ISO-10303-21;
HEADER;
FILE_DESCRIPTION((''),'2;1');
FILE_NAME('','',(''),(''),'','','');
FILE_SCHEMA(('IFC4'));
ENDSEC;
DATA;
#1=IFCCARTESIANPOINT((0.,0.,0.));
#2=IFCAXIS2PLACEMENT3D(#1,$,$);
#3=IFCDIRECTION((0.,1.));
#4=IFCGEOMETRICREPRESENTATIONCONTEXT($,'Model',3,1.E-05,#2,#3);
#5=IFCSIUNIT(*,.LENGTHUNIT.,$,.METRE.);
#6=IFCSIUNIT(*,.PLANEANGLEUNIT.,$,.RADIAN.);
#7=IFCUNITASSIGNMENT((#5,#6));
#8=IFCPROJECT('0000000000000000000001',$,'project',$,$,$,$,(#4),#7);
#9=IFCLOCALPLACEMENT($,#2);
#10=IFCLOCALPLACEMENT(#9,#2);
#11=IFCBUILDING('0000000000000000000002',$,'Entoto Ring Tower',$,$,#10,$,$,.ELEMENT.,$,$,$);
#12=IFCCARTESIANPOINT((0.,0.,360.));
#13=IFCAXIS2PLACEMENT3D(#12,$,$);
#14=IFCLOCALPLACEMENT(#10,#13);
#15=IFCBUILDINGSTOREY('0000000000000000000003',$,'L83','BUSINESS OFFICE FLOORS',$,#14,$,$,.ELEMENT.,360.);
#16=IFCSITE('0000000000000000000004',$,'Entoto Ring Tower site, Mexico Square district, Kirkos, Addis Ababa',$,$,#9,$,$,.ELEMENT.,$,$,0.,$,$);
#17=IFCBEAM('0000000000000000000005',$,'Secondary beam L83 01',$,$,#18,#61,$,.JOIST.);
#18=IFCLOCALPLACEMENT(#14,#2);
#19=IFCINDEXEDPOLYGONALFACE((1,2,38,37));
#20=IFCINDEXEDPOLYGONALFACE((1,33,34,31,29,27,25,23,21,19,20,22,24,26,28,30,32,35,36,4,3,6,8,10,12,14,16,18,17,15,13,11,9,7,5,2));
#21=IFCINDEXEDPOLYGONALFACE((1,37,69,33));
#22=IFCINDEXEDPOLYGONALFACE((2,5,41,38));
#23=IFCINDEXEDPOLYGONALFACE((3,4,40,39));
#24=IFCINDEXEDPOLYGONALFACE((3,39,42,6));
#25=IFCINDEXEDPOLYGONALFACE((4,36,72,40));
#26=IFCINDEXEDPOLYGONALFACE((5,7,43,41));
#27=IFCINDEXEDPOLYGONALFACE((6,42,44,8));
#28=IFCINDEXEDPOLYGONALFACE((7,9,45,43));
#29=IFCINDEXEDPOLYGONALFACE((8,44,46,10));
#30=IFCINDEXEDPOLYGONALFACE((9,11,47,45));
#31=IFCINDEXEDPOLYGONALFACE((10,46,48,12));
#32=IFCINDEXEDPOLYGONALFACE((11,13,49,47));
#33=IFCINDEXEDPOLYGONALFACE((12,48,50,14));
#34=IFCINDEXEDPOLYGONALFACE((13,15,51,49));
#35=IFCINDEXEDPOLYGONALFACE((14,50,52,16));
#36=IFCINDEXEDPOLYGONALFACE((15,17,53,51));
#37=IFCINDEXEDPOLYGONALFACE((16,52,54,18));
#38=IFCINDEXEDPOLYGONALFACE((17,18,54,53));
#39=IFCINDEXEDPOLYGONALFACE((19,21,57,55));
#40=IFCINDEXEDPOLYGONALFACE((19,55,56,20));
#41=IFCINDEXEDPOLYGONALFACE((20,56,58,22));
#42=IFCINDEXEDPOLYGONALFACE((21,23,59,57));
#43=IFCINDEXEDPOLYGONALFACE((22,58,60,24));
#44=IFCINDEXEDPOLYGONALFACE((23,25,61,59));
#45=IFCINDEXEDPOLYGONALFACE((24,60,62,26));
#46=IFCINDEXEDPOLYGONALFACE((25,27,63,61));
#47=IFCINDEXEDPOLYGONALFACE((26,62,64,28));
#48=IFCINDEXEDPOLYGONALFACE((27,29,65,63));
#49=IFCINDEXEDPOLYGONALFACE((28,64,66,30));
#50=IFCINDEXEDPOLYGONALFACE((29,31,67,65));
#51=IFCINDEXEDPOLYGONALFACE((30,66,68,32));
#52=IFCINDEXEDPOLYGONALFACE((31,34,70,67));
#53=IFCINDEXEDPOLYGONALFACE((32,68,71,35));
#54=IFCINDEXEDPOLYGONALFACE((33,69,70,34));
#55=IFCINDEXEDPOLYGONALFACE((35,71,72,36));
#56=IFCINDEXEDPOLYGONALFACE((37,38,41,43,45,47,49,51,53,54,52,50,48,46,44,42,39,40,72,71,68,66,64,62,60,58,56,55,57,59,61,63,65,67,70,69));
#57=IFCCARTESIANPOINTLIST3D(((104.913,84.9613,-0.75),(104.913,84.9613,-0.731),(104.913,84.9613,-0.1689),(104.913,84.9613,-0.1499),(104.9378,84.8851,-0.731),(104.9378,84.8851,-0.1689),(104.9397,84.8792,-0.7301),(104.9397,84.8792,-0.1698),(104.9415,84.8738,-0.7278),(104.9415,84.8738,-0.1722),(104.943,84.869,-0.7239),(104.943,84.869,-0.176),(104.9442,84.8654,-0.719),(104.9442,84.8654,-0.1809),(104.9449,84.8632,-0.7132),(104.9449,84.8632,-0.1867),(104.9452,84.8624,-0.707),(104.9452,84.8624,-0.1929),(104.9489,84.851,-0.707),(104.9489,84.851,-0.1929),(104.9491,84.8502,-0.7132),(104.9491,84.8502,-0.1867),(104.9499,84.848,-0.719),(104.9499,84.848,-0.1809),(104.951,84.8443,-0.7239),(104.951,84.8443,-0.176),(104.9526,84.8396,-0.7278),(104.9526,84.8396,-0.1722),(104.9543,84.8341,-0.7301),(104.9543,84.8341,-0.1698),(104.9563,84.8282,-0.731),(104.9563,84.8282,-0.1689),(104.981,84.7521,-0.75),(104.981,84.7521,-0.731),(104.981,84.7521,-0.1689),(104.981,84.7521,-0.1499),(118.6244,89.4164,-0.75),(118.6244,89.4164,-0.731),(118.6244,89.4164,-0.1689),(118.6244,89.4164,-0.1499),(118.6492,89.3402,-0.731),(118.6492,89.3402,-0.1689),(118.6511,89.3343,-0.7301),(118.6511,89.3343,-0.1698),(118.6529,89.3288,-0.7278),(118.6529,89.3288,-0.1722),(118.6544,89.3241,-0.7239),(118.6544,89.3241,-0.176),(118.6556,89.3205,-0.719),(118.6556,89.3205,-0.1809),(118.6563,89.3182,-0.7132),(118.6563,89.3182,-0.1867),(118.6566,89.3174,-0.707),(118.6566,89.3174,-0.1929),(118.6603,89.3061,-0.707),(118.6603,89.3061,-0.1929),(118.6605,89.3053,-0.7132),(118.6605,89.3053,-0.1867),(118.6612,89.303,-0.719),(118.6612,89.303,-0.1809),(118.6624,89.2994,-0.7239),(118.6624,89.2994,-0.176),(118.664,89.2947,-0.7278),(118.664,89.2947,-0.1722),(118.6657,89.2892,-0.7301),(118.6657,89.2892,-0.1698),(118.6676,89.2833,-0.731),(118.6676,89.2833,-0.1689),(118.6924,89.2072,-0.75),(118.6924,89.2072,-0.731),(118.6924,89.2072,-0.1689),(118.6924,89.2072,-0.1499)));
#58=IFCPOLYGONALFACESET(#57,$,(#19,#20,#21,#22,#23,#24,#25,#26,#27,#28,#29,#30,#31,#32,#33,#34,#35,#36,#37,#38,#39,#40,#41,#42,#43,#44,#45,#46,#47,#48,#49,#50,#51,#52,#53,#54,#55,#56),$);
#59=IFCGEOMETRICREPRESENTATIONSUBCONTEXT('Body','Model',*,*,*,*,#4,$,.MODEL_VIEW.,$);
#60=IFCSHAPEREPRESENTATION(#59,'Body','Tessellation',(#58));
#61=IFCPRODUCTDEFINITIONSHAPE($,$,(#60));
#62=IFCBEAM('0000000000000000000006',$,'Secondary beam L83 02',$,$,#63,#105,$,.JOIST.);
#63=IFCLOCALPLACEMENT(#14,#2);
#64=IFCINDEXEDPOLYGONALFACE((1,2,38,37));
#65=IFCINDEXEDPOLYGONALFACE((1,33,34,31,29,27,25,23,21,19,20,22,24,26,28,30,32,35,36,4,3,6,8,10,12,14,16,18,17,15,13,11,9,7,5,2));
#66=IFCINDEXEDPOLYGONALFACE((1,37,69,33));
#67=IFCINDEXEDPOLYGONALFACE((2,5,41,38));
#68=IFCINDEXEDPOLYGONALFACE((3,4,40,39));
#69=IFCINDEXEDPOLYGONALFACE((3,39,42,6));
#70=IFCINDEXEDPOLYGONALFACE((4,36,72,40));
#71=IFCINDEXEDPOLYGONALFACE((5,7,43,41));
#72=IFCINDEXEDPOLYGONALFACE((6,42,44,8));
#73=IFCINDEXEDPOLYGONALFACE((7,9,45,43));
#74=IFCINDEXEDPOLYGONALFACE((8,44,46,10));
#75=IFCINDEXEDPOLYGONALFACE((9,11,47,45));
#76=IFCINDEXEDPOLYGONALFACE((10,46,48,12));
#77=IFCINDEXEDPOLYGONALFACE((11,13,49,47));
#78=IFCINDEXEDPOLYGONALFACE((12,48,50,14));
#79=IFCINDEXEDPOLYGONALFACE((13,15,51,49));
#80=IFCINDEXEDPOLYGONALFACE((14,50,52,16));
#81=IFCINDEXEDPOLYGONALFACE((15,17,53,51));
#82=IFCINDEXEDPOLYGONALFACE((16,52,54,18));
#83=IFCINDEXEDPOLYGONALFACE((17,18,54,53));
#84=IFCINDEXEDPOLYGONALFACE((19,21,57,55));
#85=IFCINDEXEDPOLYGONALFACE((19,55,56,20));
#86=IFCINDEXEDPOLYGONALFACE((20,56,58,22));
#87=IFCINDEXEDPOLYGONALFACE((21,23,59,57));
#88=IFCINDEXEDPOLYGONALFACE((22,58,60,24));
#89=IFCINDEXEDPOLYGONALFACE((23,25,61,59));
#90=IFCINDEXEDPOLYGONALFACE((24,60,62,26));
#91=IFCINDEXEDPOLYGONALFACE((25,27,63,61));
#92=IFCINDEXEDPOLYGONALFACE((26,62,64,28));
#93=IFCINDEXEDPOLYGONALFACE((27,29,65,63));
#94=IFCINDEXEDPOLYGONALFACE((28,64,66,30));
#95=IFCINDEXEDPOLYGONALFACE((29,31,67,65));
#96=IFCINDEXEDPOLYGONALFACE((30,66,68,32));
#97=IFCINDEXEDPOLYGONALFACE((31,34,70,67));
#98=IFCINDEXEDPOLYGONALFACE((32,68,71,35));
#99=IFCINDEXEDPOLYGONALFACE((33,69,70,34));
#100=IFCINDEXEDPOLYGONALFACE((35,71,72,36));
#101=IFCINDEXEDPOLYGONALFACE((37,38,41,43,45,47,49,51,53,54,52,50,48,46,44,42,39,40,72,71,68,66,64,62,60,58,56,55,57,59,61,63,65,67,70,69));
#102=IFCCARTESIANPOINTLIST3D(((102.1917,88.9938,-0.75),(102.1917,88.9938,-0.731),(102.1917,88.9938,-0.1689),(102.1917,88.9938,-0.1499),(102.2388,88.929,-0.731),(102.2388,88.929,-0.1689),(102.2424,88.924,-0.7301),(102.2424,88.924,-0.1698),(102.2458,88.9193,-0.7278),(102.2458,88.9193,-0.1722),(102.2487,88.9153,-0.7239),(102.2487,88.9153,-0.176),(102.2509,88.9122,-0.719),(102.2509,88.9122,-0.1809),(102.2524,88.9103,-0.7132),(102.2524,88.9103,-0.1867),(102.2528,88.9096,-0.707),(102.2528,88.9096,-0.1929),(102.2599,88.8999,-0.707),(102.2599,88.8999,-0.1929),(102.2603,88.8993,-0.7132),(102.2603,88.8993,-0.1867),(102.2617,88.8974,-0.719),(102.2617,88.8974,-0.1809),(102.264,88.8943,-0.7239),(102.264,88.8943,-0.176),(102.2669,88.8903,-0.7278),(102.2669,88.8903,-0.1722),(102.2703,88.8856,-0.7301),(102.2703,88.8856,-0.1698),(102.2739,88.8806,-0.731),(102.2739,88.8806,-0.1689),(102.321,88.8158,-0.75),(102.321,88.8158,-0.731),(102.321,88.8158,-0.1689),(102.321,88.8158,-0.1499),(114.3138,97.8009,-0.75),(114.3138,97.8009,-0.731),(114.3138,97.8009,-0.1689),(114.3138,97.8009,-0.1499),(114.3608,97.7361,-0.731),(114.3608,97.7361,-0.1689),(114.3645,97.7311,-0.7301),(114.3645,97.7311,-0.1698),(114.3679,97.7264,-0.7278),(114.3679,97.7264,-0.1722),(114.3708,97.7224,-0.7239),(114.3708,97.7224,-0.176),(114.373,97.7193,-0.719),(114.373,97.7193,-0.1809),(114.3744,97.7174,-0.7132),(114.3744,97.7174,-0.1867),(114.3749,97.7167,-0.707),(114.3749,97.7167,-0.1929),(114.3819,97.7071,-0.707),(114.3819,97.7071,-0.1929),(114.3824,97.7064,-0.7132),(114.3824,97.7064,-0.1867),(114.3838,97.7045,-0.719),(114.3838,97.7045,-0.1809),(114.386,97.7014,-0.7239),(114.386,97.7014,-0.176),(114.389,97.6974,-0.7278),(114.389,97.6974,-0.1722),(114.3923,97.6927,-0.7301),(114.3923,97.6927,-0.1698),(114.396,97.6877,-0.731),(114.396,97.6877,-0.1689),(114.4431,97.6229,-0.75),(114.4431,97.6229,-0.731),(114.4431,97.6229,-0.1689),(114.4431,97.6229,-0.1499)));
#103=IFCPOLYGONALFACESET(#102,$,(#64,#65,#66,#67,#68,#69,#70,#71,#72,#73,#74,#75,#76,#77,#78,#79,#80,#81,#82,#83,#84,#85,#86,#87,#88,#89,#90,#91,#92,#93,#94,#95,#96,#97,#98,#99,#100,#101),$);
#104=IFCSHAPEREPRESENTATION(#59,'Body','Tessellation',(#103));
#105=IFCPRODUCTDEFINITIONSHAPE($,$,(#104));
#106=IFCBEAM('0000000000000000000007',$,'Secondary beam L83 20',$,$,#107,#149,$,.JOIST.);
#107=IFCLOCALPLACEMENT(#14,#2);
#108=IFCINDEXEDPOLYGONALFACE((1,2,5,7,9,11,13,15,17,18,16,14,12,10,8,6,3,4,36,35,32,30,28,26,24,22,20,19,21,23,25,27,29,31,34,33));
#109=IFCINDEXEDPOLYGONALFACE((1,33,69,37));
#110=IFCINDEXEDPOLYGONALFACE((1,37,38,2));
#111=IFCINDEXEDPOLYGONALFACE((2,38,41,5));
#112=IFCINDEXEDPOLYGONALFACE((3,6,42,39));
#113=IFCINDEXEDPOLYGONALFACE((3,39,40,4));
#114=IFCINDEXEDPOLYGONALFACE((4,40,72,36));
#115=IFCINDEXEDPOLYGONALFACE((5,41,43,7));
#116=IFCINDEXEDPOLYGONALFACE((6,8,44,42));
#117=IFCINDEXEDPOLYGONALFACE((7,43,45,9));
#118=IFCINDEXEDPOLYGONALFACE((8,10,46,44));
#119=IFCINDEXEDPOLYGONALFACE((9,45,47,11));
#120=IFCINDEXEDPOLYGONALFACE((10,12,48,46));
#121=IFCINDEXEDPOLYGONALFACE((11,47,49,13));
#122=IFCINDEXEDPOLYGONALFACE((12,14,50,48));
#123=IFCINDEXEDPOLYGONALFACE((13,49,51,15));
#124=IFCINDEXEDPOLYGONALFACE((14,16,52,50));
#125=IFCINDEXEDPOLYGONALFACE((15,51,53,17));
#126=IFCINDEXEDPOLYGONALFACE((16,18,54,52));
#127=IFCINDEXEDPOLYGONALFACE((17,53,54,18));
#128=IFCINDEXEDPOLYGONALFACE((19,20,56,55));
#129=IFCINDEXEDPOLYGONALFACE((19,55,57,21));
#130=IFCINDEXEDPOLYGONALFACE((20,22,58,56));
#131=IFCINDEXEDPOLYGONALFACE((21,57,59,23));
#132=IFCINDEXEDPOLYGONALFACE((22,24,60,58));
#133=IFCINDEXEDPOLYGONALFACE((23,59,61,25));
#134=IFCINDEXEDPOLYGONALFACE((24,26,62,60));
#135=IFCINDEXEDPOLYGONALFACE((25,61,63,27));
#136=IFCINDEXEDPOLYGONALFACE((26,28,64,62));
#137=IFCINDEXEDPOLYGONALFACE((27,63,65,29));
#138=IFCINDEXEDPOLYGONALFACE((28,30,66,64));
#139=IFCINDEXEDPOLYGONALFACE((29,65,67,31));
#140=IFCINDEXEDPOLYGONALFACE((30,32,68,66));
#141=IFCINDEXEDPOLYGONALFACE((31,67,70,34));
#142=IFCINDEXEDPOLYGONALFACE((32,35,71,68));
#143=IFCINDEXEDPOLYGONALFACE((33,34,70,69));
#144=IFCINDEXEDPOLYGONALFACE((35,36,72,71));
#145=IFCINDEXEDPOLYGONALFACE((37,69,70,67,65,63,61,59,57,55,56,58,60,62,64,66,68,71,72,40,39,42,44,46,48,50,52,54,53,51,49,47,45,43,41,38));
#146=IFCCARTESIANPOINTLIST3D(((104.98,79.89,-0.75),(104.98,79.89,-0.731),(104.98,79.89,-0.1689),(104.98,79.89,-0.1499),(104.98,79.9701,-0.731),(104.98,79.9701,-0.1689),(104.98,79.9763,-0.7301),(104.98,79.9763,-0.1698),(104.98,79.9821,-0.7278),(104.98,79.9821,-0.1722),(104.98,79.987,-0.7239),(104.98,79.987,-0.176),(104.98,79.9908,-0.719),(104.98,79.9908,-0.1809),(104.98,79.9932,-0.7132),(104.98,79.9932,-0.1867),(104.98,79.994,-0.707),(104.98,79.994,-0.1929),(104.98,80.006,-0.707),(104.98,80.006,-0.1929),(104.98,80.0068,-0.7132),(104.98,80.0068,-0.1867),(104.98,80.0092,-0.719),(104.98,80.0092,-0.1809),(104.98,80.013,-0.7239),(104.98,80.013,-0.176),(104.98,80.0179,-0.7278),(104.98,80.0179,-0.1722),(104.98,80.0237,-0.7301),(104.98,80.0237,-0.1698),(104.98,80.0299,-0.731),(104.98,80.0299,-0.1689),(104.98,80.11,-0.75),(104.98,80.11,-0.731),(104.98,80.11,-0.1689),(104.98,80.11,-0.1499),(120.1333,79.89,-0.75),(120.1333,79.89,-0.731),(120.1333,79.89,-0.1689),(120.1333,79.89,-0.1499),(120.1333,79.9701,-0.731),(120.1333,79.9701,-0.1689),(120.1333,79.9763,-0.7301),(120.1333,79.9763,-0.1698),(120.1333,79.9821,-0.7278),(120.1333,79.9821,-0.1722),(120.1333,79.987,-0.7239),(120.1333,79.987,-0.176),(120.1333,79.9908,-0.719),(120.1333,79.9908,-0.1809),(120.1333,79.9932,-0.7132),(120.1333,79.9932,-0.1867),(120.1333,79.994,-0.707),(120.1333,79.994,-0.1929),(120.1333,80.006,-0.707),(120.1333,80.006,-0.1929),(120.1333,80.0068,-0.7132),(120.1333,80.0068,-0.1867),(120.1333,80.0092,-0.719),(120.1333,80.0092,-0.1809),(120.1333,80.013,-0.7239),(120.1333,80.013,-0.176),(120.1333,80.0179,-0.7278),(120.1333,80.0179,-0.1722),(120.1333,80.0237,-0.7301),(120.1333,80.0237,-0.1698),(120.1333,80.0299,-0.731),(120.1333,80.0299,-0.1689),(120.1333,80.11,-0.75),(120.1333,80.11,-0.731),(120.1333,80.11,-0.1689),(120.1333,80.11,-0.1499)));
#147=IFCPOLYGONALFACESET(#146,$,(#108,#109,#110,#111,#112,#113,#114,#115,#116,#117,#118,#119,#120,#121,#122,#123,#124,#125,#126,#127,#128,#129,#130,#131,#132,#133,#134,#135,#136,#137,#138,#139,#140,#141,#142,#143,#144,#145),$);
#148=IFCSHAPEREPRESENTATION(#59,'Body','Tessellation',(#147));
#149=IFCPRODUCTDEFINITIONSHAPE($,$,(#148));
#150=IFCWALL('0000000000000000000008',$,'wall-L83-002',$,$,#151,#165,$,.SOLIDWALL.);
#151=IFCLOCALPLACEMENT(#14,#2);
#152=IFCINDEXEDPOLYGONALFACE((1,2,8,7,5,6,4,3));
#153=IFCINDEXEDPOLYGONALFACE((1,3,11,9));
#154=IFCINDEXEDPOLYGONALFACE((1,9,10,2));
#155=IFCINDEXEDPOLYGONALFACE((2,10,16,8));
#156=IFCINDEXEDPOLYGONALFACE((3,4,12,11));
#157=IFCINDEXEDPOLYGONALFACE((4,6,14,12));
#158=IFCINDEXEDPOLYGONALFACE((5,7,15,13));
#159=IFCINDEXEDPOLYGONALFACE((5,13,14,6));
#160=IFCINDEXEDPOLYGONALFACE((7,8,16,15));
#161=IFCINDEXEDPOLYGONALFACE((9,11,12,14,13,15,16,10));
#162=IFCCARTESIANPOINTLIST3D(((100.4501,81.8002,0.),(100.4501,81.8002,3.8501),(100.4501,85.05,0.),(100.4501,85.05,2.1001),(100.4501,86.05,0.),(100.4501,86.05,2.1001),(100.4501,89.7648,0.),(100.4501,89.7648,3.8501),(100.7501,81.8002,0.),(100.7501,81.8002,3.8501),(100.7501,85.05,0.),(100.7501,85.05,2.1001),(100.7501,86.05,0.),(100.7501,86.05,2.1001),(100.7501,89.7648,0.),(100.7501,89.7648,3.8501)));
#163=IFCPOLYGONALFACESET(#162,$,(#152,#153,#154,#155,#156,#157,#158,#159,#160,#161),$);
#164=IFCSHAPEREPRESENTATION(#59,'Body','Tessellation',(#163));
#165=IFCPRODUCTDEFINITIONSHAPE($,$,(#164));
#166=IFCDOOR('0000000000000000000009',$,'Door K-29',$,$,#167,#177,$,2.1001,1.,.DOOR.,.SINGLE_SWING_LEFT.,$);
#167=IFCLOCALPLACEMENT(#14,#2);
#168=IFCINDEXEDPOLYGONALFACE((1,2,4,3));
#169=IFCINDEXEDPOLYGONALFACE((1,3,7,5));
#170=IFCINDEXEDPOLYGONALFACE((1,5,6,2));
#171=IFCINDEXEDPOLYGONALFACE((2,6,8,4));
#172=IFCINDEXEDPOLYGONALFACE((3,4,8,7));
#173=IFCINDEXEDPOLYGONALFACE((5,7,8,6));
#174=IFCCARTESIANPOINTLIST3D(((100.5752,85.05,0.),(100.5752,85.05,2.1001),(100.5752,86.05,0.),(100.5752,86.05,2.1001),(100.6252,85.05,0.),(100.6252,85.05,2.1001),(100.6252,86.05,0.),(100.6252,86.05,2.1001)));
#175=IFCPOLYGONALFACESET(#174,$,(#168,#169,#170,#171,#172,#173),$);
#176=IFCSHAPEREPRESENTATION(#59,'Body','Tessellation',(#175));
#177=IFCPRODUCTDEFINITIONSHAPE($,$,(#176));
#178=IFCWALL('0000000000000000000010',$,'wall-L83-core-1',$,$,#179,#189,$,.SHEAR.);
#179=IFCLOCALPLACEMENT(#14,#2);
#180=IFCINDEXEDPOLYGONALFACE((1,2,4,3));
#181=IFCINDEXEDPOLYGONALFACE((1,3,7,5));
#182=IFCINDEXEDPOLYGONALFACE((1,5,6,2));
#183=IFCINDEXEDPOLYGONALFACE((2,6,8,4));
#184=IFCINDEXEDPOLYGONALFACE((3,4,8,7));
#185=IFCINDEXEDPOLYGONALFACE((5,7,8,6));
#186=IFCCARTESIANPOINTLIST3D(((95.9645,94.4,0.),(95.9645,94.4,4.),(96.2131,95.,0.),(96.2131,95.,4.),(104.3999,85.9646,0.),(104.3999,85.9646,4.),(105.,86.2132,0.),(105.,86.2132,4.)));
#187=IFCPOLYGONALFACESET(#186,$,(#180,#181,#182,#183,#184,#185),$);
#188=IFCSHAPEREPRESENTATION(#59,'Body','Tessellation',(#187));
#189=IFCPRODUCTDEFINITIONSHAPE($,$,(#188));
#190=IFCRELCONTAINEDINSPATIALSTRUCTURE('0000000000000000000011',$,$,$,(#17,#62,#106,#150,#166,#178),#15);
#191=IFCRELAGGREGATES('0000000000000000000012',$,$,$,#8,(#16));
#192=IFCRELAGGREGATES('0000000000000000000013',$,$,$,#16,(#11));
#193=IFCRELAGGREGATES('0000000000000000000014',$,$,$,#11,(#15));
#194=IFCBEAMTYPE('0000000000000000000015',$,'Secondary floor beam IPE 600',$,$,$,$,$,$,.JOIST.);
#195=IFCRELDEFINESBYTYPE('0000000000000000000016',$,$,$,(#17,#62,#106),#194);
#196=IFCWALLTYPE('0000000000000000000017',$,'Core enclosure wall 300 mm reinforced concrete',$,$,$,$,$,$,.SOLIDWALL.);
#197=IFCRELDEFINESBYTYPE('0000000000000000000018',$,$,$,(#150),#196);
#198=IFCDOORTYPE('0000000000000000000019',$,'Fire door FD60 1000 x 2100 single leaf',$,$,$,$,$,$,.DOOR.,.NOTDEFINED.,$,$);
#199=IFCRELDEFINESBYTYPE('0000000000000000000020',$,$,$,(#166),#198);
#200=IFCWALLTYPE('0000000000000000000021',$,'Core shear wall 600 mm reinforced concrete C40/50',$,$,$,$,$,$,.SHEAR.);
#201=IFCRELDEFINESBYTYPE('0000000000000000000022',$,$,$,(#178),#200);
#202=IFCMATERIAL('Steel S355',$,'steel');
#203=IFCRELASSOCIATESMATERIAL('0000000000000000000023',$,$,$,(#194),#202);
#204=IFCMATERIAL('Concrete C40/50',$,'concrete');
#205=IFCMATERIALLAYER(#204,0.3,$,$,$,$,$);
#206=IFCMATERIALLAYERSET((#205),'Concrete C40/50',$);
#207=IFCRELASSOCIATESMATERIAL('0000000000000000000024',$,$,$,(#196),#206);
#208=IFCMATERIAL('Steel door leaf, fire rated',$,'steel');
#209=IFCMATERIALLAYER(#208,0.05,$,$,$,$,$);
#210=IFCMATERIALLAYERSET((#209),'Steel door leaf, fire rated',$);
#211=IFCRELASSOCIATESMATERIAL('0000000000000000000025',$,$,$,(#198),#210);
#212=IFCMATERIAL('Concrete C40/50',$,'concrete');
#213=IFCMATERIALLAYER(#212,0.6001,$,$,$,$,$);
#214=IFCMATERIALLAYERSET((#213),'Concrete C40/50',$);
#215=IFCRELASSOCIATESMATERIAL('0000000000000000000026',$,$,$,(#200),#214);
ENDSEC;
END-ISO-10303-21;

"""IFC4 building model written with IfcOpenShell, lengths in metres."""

from ifc_helpers import new_model, si_unit, direction, frame, frame_2d, origin, origin_2d, place, context, subcontext, project, spatial, polyline, rectangle, i_section, outline, extrude, material, layer, layer_set, material_profile, profile_set, type_object, element, fill, save


model = new_model("IFC4")

# Units and contexts
model_context = context("Model", 3, precision=1e-05, world=origin(), true_north=direction((0.0, 1.0)))
body_context = subcontext(model_context, "Body", "Model", "MODEL_VIEW")
ifc_project = project(units=[si_unit("LENGTHUNIT", "METRE"), si_unit("PLANEANGLEUNIT", "RADIAN")], contexts=[model_context])

# Site, building, storey
site_placement = place(None, origin())
site = spatial("IfcSite", under=ifc_project, at=site_placement, Name="Entoto Ring Tower site, Mexico Square district, Kirkos, Addis Ababa", CompositionType="ELEMENT", RefElevation=0.0)
building_placement = place(site_placement, origin())
building = spatial("IfcBuilding", under=site, at=building_placement, Name="Entoto Ring Tower", CompositionType="ELEMENT")
storey_placement = place(building_placement, frame((0.0, 0.0, 360.0)))
storey = spatial("IfcBuildingStorey", under=building, at=storey_placement, Name="L83", Description="BUSINESS OFFICE FLOORS", CompositionType="ELEMENT", Elevation=360.0)

# Beams
ifc_material_1 = material(Name="Steel S355", Category="steel")
ifc_material_profile_1 = material_profile(ifc_material_1, i_section(OverallWidth=0.22, OverallDepth=0.6001, WebThickness=0.012, FlangeThickness=0.019, FilletRadius=0.0239, at=origin_2d()), Name="IPE 600")
ifc_profile_set_1 = profile_set([ifc_material_profile_1], Name="Steel S355")
beam_type_1 = type_object("IfcBeamType", Name="Secondary floor beam IPE 600", PredefinedType="JOIST", material=ifc_profile_set_1)
beam_1_placement = place(storey_placement, frame((104.947, 84.8567, -0.45), z_axis=(0.951057, 0.309015, 0.0), x_axis=(-0.309015, 0.951057, 0.0)))
element("IfcBeam", 1, at=beam_1_placement, inside=storey, type_object=beam_type_1, Name="Secondary beam L83 01", PredefinedType="JOIST", context=body_context, shape_type="SweptSolid", body=[
    extrude(i_section(OverallWidth=0.22, OverallDepth=0.6001, WebThickness=0.012, FlangeThickness=0.019, FilletRadius=0.0239, at=origin_2d()), origin(), (0.0, 0.0, 1.0), 14.417),
])
beam_2_placement = place(storey_placement, frame((102.2563, 88.9048, -0.45), z_axis=(0.809019, 0.587782, 0.0), x_axis=(-0.587782, 0.809019, 0.0)))
element("IfcBeam", 2, at=beam_2_placement, inside=storey, type_object=beam_type_1, Name="Secondary beam L83 02", PredefinedType="JOIST", context=body_context, shape_type="SweptSolid", body=[
    extrude(i_section(OverallWidth=0.22, OverallDepth=0.6001, WebThickness=0.012, FlangeThickness=0.019, FilletRadius=0.0239, at=origin_2d()), origin(), (0.0, 0.0, 1.0), 14.9836),
])
beam_3_placement = place(storey_placement, frame((104.98, 80.0, -0.45), z_axis=(1.0, 0.0, 0.0), x_axis=(0.0, 1.0, 0.0)))
element("IfcBeam", 3, at=beam_3_placement, inside=storey, type_object=beam_type_1, Name="Secondary beam L83 20", PredefinedType="JOIST", context=body_context, shape_type="SweptSolid", body=[
    extrude(i_section(OverallWidth=0.22, OverallDepth=0.6001, WebThickness=0.012, FlangeThickness=0.019, FilletRadius=0.0239, at=origin_2d()), origin(), (0.0, 0.0, 1.0), 15.1533),
])

# Wall, opening, door
ifc_material_2 = material(Name="Concrete C40/50", Category="concrete")
ifc_layer_1 = layer(ifc_material_2, 0.3)
ifc_layer_set_1 = layer_set([ifc_layer_1], Name="Concrete C40/50")
wall_type_1 = type_object("IfcWallType", Name="Core enclosure wall 300 mm reinforced concrete", PredefinedType="SOLIDWALL", material=ifc_layer_set_1)
wall_1_placement = place(storey_placement, frame((100.6001, 81.8, 0.0), z_axis=(0.0, 0.0, 1.0), x_axis=(0.0, 1.0, 0.0)))
wall_1 = element("IfcWall", 4, at=wall_1_placement, inside=storey, type_object=wall_type_1, Name="wall-L83-002", PredefinedType="SOLIDWALL", context=body_context, shape_type="SweptSolid", body=[
    extrude(rectangle(XDim=7.9646, YDim=0.3, at=frame_2d((3.9824, 0.0))), origin(), (0.0, 0.0, 1.0), 3.8501),
])
opening_1_placement = place(wall_1_placement, frame((3.25, 0.0, 0.0)))
opening_1 = element("IfcOpeningElement", 5, at=opening_1_placement, cuts=wall_1, PredefinedType="OPENING", context=body_context, shape_type="SweptSolid", body=[
    extrude(rectangle(XDim=1.0, YDim=2.1001, at=frame_2d((0.5, 1.05))), frame((0.0, 0.1602, 0.0), z_axis=(0.0, -1.0, 0.0), x_axis=(1.0, 0.0, 0.0)), (0.0, 0.0, 1.0), 0.3201),
])
ifc_material_3 = material(Name="Steel door leaf, fire rated", Category="steel")
ifc_layer_2 = layer(ifc_material_3, 0.05)
ifc_layer_set_2 = layer_set([ifc_layer_2], Name="Steel door leaf, fire rated")
door_type_1 = type_object("IfcDoorType", Name="Fire door FD60 1000 x 2100 single leaf", OperationType="NOTDEFINED", PredefinedType="DOOR", material=ifc_layer_set_2)
door_1_placement = place(opening_1_placement, origin())
door_1 = element("IfcDoor", 6, at=door_1_placement, inside=storey, type_object=door_type_1, Name="Door K-29", OperationType="SINGLE_SWING_LEFT", OverallHeight=2.1001, OverallWidth=1.0, PredefinedType="DOOR", context=body_context, shape_type="SweptSolid", body=[
    extrude(rectangle(XDim=1.0, YDim=2.1001, at=frame_2d((0.5, 1.05))), frame((0.0, 0.0249, 0.0), z_axis=(0.0, -1.0, 0.0), x_axis=(1.0, 0.0, 0.0)), (0.0, 0.0, 1.0), 0.05),
])
fill(opening_1, door_1)

# Wall
ifc_material_4 = material(Name="Concrete C40/50", Category="concrete")
ifc_layer_3 = layer(ifc_material_4, 0.6001)
ifc_layer_set_3 = layer_set([ifc_layer_3], Name="Concrete C40/50")
wall_type_2 = type_object("IfcWallType", Name="Core shear wall 600 mm reinforced concrete C40/50", PredefinedType="SHEAR", material=ifc_layer_set_3)
wall_2_placement = place(storey_placement, frame((104.7, 86.0889, 0.0), z_axis=(0.0, 0.0, 1.0), x_axis=(-0.707107, 0.707107, 0.0)))
element("IfcWall", 7, at=wall_2_placement, inside=storey, type_object=wall_type_2, Name="wall-L83-core-1", PredefinedType="SHEAR", context=body_context, shape_type="SweptSolid", body=[
    extrude(outline(polyline([(-0.1243, -0.3), (12.3022, -0.3), (12.0537, 0.3), (0.1243, 0.3), (-0.1243, -0.3)])), origin(), (0.0, 0.0, 1.0), 4.0),
])

save(model, "model.ifc")
